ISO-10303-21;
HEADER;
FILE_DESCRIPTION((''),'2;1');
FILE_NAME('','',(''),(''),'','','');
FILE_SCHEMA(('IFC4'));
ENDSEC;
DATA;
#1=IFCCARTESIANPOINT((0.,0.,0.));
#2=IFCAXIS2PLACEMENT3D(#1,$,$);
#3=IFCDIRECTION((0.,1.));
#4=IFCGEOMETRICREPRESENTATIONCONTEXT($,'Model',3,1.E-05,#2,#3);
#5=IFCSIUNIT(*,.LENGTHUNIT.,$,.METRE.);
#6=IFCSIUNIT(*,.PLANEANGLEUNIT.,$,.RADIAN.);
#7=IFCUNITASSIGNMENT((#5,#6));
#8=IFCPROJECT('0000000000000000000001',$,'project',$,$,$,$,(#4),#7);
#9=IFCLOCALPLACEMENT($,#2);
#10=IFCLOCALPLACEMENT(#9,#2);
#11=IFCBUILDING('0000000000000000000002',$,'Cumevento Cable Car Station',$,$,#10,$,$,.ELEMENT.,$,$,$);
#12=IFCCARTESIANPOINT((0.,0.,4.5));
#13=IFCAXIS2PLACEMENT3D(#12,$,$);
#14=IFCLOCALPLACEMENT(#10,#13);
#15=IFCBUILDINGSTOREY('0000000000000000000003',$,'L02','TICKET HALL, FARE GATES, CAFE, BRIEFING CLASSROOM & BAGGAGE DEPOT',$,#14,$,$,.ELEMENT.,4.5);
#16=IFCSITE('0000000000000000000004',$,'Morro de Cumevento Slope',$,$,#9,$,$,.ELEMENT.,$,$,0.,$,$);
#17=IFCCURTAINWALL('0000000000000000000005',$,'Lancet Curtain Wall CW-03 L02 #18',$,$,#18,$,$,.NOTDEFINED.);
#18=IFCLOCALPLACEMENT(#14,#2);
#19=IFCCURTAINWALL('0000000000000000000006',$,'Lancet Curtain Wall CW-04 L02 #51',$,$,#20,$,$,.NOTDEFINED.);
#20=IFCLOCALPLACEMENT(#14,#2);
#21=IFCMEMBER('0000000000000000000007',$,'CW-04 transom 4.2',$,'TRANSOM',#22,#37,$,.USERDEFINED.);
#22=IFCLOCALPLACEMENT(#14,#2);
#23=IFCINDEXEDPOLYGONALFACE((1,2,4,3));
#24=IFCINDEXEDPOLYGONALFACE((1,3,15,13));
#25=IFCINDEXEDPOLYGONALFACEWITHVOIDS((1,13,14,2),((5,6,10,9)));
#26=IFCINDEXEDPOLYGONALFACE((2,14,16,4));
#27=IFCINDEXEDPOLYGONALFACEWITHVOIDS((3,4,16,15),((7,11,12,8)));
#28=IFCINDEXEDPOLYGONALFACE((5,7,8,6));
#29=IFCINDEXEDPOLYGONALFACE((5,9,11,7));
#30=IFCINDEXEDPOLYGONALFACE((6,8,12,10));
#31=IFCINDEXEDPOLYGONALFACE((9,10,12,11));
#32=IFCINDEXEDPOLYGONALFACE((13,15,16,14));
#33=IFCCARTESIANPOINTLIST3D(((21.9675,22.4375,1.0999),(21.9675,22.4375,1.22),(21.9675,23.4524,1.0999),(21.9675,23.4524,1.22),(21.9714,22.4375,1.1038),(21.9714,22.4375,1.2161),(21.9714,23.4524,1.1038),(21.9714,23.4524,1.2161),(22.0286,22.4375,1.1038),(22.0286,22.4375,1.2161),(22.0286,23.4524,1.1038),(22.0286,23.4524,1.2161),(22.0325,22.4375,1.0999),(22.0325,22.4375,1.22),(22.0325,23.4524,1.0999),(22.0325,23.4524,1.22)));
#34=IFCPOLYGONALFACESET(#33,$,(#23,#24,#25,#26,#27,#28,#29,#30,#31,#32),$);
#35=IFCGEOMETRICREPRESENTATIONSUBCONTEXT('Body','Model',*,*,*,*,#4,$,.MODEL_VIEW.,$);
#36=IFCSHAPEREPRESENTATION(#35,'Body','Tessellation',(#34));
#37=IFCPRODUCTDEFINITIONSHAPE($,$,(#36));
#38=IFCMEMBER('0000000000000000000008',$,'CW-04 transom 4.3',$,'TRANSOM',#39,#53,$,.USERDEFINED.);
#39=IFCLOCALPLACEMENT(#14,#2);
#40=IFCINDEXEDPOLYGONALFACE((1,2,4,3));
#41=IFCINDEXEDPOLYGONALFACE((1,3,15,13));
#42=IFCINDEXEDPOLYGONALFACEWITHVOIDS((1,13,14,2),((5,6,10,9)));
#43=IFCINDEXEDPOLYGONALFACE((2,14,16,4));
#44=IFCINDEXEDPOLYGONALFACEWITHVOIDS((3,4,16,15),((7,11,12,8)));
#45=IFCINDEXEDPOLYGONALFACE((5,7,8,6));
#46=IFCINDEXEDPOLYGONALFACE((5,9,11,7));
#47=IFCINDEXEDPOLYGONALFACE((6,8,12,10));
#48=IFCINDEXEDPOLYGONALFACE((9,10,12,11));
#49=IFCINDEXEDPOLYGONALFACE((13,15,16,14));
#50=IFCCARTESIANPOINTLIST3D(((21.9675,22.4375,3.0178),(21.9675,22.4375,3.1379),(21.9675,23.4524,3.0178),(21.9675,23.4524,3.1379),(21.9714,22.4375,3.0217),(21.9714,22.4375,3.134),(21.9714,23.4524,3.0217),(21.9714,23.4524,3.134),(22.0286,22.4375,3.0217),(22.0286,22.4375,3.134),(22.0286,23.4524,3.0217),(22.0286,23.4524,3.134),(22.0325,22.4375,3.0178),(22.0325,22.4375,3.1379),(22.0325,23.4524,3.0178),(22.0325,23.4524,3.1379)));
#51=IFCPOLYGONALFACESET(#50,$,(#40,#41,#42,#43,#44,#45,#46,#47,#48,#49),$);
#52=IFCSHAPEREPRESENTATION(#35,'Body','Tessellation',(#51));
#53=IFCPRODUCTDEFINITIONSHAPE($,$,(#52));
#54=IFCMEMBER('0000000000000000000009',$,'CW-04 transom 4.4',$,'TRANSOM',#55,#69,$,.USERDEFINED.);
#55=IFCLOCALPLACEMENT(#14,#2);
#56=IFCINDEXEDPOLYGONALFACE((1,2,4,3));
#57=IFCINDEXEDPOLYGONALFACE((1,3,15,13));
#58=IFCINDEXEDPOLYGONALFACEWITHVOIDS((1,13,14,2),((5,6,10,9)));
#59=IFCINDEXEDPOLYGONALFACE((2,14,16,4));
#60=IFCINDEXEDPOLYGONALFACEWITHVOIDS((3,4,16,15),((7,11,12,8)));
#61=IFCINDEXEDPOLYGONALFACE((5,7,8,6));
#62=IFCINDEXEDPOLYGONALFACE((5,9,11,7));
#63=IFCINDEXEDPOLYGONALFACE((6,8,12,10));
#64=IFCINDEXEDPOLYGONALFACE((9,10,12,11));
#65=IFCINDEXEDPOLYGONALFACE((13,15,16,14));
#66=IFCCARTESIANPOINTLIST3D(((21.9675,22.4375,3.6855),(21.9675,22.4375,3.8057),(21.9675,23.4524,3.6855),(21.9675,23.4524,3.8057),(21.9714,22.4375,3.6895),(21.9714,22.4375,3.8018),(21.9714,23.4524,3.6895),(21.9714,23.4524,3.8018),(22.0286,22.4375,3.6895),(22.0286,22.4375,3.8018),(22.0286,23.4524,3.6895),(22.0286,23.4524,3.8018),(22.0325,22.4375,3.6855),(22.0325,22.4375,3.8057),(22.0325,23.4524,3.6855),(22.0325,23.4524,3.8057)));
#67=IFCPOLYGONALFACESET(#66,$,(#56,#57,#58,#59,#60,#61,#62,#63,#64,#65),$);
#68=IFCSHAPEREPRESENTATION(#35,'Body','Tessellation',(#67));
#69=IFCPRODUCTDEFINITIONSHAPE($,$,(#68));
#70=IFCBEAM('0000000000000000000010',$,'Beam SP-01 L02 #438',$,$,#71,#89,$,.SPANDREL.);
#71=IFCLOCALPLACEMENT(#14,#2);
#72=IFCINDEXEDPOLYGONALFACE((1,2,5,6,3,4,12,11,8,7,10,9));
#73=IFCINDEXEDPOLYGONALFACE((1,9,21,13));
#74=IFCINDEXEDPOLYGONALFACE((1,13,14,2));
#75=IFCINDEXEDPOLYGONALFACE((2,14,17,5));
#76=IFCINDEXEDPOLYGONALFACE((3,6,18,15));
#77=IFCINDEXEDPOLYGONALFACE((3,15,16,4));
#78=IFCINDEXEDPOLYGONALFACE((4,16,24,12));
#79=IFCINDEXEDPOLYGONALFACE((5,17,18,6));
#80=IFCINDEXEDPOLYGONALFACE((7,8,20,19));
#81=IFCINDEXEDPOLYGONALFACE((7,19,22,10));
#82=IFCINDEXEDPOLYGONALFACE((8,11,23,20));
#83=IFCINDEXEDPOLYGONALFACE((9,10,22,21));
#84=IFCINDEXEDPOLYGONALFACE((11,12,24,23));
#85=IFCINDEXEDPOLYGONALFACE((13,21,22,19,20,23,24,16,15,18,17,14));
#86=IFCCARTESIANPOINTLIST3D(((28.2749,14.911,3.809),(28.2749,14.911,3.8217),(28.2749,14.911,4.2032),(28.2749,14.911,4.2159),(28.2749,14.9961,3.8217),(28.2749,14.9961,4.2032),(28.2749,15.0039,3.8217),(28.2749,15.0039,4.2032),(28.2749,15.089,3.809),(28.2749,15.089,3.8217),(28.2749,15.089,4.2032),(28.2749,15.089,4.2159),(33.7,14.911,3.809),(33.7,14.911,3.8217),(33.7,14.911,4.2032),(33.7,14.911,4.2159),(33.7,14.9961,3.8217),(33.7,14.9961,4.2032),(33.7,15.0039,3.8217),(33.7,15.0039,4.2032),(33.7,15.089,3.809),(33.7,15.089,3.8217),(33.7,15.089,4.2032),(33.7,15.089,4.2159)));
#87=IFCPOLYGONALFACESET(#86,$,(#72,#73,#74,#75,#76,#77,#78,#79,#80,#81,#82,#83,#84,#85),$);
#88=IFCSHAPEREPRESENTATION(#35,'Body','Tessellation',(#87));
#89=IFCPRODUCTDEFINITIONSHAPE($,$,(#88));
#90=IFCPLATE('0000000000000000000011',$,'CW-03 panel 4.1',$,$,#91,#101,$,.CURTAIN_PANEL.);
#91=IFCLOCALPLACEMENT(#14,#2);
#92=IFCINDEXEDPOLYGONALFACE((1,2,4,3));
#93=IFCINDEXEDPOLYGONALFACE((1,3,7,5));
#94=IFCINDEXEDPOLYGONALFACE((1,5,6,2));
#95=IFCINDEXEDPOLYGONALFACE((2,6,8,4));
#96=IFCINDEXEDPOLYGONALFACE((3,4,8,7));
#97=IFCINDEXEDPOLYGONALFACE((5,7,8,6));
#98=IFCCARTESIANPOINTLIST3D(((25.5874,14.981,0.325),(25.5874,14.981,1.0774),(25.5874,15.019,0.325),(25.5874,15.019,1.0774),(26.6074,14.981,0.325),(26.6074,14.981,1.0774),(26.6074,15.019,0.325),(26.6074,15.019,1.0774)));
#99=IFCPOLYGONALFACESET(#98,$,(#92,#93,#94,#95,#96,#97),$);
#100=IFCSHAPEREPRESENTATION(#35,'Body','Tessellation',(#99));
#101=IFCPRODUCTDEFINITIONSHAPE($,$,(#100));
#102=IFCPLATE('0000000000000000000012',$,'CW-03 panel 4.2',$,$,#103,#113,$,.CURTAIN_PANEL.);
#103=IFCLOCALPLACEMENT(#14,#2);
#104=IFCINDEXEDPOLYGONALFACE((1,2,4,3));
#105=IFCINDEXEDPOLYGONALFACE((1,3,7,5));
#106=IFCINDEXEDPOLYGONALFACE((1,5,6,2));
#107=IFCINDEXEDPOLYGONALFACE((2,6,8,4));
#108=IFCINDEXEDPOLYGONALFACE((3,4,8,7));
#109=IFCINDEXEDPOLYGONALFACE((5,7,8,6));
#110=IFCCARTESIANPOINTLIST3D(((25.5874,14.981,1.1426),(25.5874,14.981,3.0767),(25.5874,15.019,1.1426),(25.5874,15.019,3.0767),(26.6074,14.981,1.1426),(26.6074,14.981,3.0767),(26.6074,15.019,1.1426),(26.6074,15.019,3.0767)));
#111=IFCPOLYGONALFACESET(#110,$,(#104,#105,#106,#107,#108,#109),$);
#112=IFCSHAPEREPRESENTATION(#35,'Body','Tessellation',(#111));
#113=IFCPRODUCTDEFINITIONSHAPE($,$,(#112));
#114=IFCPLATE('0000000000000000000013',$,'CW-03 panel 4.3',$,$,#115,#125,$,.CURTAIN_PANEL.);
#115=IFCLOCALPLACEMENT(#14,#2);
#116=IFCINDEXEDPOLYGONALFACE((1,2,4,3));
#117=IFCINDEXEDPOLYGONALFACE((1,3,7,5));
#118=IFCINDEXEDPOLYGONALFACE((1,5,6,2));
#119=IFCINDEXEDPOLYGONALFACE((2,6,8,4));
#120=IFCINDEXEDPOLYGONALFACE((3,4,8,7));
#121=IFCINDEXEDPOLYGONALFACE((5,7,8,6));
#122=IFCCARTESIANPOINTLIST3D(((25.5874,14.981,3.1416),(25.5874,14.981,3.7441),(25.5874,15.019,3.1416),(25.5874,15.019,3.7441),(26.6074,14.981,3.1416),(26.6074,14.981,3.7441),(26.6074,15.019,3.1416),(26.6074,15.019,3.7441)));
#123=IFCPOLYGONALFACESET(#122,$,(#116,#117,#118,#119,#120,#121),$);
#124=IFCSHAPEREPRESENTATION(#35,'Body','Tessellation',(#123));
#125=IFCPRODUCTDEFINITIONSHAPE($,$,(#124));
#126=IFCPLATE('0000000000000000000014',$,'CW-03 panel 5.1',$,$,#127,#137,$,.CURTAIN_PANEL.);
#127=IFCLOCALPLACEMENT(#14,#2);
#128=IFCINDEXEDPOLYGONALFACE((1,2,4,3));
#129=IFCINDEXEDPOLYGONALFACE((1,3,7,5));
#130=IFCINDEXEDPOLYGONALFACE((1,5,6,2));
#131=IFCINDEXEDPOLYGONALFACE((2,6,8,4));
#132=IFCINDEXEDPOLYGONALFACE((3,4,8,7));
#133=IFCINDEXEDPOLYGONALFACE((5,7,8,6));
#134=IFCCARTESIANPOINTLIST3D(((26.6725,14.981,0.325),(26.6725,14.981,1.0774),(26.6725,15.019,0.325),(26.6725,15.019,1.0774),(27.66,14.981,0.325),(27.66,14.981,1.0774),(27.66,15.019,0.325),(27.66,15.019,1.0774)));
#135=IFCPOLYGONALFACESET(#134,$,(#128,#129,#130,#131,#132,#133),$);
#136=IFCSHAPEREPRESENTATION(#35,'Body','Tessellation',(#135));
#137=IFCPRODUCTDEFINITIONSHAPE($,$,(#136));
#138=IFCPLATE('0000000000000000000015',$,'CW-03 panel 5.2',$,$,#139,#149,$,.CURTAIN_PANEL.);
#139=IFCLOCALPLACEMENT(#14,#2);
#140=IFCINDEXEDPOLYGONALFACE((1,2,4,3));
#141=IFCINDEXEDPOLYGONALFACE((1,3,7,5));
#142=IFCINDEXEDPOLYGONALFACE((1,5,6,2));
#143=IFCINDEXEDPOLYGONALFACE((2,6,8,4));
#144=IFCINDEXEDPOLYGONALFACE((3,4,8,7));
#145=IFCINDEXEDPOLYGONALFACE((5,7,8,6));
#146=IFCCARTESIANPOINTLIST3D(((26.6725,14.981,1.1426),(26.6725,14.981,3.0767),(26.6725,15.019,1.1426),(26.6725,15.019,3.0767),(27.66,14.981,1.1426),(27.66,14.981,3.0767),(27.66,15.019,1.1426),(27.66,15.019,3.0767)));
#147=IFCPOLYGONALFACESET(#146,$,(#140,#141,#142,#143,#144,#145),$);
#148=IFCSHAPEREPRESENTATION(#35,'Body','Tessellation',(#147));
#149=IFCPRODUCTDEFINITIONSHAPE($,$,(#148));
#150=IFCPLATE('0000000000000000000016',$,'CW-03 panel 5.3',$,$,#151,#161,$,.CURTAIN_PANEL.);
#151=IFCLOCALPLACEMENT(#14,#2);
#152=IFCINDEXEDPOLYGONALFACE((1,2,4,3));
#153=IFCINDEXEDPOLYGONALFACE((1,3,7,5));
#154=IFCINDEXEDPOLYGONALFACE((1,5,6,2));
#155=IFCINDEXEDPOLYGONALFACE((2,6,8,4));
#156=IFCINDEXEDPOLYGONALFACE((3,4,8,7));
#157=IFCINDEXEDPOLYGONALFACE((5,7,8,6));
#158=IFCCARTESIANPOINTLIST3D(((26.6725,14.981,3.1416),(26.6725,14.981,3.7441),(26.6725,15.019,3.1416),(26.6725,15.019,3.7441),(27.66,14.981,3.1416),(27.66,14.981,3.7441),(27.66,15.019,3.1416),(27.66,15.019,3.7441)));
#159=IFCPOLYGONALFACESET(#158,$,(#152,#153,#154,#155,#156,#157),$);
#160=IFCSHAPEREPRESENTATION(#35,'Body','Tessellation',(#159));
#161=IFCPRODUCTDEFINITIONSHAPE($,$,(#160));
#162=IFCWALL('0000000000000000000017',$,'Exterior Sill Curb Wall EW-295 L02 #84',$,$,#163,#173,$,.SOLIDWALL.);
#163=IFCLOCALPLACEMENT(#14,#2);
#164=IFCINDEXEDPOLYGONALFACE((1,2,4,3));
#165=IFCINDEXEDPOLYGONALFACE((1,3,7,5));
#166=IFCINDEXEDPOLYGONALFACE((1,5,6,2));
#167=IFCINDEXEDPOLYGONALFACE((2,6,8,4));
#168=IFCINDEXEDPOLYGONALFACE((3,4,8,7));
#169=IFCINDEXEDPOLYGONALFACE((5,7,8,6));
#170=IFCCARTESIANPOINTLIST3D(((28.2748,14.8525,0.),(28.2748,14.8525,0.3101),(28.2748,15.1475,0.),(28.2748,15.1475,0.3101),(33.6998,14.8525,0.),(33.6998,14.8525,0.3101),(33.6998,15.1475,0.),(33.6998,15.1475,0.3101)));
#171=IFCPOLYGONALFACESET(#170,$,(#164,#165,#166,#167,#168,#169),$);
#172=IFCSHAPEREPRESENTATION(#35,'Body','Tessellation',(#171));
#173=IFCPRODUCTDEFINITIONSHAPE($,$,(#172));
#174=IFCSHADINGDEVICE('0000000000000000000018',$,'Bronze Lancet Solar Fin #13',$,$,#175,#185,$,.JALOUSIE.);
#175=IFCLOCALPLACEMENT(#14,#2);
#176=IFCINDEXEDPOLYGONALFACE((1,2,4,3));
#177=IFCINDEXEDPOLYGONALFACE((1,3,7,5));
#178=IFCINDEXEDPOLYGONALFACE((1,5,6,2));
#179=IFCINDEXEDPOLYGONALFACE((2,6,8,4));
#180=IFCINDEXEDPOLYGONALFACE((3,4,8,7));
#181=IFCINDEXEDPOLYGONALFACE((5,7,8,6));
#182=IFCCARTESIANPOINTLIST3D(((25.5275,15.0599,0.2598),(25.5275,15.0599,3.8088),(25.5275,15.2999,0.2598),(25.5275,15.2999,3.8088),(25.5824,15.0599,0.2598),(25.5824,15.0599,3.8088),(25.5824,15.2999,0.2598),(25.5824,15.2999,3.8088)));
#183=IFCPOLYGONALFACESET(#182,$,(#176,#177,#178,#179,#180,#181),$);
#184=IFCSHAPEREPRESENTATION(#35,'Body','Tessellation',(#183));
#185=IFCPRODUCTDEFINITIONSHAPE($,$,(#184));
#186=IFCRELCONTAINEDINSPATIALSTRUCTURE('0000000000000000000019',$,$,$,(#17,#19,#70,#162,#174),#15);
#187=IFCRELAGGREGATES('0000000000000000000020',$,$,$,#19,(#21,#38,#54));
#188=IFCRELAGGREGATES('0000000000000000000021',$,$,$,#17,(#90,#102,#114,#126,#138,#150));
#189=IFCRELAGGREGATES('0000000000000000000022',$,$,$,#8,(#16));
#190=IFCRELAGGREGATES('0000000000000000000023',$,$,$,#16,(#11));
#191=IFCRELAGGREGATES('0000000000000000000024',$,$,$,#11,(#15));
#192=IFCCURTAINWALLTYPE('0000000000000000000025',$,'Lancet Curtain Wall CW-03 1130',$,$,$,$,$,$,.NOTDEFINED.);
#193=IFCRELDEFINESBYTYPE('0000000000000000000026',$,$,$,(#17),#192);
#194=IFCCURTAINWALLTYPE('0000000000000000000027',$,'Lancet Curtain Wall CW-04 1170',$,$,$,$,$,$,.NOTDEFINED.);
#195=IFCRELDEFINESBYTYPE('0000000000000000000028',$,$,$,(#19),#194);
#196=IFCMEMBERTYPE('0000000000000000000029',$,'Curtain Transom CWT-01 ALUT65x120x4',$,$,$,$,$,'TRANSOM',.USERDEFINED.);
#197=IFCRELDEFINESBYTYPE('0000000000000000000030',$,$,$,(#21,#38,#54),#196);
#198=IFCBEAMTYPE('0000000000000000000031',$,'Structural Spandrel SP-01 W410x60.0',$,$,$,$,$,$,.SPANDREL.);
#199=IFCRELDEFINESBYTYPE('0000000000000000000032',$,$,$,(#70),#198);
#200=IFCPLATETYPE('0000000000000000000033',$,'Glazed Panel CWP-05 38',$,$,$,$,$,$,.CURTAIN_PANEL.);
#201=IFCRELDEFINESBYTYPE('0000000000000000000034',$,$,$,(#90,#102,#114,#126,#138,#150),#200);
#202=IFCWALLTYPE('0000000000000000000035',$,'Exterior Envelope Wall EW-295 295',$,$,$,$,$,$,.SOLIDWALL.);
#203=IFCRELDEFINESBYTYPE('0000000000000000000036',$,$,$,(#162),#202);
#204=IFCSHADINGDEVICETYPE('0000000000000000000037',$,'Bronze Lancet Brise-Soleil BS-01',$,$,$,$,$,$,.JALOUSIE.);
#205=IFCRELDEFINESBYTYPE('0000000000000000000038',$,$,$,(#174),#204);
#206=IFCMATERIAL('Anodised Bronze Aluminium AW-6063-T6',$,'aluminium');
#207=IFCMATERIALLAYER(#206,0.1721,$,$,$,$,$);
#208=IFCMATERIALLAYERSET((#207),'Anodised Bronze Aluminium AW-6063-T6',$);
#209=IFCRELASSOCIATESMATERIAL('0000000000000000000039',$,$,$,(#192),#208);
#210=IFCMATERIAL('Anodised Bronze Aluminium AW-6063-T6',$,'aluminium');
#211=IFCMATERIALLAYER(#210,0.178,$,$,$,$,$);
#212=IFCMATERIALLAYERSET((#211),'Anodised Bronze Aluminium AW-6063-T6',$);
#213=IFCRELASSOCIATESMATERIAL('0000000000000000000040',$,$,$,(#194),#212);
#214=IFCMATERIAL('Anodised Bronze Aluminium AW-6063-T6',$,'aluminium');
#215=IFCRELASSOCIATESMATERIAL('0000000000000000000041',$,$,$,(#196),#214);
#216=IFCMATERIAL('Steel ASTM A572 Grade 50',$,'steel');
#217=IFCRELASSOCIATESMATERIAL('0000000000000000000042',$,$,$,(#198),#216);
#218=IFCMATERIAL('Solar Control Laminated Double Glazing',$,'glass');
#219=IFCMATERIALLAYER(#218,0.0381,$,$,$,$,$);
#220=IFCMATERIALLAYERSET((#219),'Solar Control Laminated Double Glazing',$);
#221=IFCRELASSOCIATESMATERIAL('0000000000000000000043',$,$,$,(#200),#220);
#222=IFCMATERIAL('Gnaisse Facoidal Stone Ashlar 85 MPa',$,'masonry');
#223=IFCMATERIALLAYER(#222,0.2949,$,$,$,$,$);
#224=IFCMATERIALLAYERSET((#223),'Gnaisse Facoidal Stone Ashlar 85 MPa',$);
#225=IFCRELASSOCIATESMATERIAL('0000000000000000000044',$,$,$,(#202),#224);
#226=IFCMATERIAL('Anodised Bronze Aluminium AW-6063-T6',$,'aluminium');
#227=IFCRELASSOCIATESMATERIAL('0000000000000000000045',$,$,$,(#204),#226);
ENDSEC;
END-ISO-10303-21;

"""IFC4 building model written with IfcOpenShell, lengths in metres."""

from ifc_helpers import new_model, si_unit, direction, frame, frame_2d, origin, origin_2d, place, context, subcontext, project, spatial, rectangle, hollow_rectangle, i_section, extrude, material, layer, layer_set, material_profile, profile_set, type_object, element, aggregate, save


model = new_model("IFC4")

# Units and contexts
model_context = context("Model", 3, precision=1e-05, world=origin(), true_north=direction((0.0, 1.0)))
body_context = subcontext(model_context, "Body", "Model", "MODEL_VIEW")
ifc_project = project(units=[si_unit("LENGTHUNIT", "METRE"), si_unit("PLANEANGLEUNIT", "RADIAN")], contexts=[model_context])

# Site, building, storey
site_placement = place(None, origin())
site = spatial("IfcSite", under=ifc_project, at=site_placement, Name="Morro de Cumevento Slope", CompositionType="ELEMENT", RefElevation=0.0)
building_placement = place(site_placement, origin())
building = spatial("IfcBuilding", under=site, at=building_placement, Name="Cumevento Cable Car Station", CompositionType="ELEMENT")
storey_placement = place(building_placement, frame((0.0, 0.0, 4.5)))
storey = spatial("IfcBuildingStorey", under=building, at=storey_placement, Name="L02", Description="TICKET HALL, FARE GATES, CAFE, BRIEFING CLASSROOM & BAGGAGE DEPOT", CompositionType="ELEMENT", Elevation=4.5)

# Curtain wall
ifc_material_1 = material(Name="Anodised Bronze Aluminium AW-6063-T6", Category="aluminium")
ifc_layer_1 = layer(ifc_material_1, 0.1721)
ifc_layer_set_1 = layer_set([ifc_layer_1], Name="Anodised Bronze Aluminium AW-6063-T6")
curtain_wall_type_1 = type_object("IfcCurtainWallType", Name="Lancet Curtain Wall CW-03 1130", PredefinedType="NOTDEFINED", material=ifc_layer_set_1)
curtain_wall_1_placement = place(storey_placement, origin())
curtain_wall_1 = element("IfcCurtainWall", 1, at=curtain_wall_1_placement, inside=storey, type_object=curtain_wall_type_1, Name="Lancet Curtain Wall CW-03 L02 #18", PredefinedType="NOTDEFINED")

# Curtain wall
ifc_material_2 = material(Name="Anodised Bronze Aluminium AW-6063-T6", Category="aluminium")
ifc_layer_2 = layer(ifc_material_2, 0.178)
ifc_layer_set_2 = layer_set([ifc_layer_2], Name="Anodised Bronze Aluminium AW-6063-T6")
curtain_wall_type_2 = type_object("IfcCurtainWallType", Name="Lancet Curtain Wall CW-04 1170", PredefinedType="NOTDEFINED", material=ifc_layer_set_2)
curtain_wall_2_placement = place(storey_placement, origin())
curtain_wall_2 = element("IfcCurtainWall", 2, at=curtain_wall_2_placement, inside=storey, type_object=curtain_wall_type_2, Name="Lancet Curtain Wall CW-04 L02 #51", PredefinedType="NOTDEFINED")

# Members
ifc_material_3 = material(Name="Anodised Bronze Aluminium AW-6063-T6", Category="aluminium")
ifc_material_profile_1 = material_profile(ifc_material_3, hollow_rectangle(XDim=0.0649, YDim=0.1201, WallThickness=0.0039, at=origin_2d()), Name="ALUT65x120x4")
ifc_profile_set_1 = profile_set([ifc_material_profile_1], Name="Anodised Bronze Aluminium AW-6063-T6")
member_type_1 = type_object("IfcMemberType", Name="Curtain Transom CWT-01 ALUT65x120x4", ElementType="TRANSOM", PredefinedType="USERDEFINED", material=ifc_profile_set_1)
member_1_placement = place(storey_placement, frame((22.0, 23.4524, 1.1599), z_axis=(0.0, -1.0, 0.0), x_axis=(1.0, 0.0, 0.0)))
member_1 = element("IfcMember", 3, at=member_1_placement, type_object=member_type_1, Name="CW-04 transom 4.2", ObjectType="TRANSOM", PredefinedType="USERDEFINED", context=body_context, shape_type="SweptSolid", body=[
    extrude(hollow_rectangle(XDim=0.0649, YDim=0.1201, WallThickness=0.0039, at=origin_2d()), origin(), (0.0, 0.0, 1.0), 1.0149),
])
member_2_placement = place(storey_placement, frame((22.0, 23.4524, 3.0779), z_axis=(0.0, -1.0, 0.0), x_axis=(1.0, 0.0, 0.0)))
member_2 = element("IfcMember", 4, at=member_2_placement, type_object=member_type_1, Name="CW-04 transom 4.3", ObjectType="TRANSOM", PredefinedType="USERDEFINED", context=body_context, shape_type="SweptSolid", body=[
    extrude(hollow_rectangle(XDim=0.0649, YDim=0.1201, WallThickness=0.0039, at=origin_2d()), origin(), (0.0, 0.0, 1.0), 1.0149),
])
member_3_placement = place(storey_placement, frame((22.0, 23.4524, 3.7456), z_axis=(0.0, -1.0, 0.0), x_axis=(1.0, 0.0, 0.0)))
member_3 = element("IfcMember", 5, at=member_3_placement, type_object=member_type_1, Name="CW-04 transom 4.4", ObjectType="TRANSOM", PredefinedType="USERDEFINED", context=body_context, shape_type="SweptSolid", body=[
    extrude(hollow_rectangle(XDim=0.0649, YDim=0.1201, WallThickness=0.0039, at=origin_2d()), origin(), (0.0, 0.0, 1.0), 1.0149),
])
aggregate(curtain_wall_2, [member_1, member_2, member_3])

# Beam
ifc_material_4 = material(Name="Steel ASTM A572 Grade 50", Category="steel")
ifc_material_profile_2 = material_profile(ifc_material_4, i_section(OverallWidth=0.178, OverallDepth=0.407, WebThickness=0.0078, FlangeThickness=0.0127, at=origin_2d()), Name="W410x60.0")
ifc_profile_set_2 = profile_set([ifc_material_profile_2], Name="Steel ASTM A572 Grade 50")
beam_type = type_object("IfcBeamType", Name="Structural Spandrel SP-01 W410x60.0", PredefinedType="SPANDREL", material=ifc_profile_set_2)
beam_placement = place(storey_placement, frame((28.2749, 15.0, 4.0125), z_axis=(1.0, 0.0, 0.0), x_axis=(0.0, 1.0, 0.0)))
element("IfcBeam", 6, at=beam_placement, inside=storey, type_object=beam_type, Name="Beam SP-01 L02 #438", PredefinedType="SPANDREL", context=body_context, shape_type="SweptSolid", body=[
    extrude(i_section(OverallWidth=0.178, OverallDepth=0.407, WebThickness=0.0078, FlangeThickness=0.0127, at=origin_2d()), origin(), (0.0, 0.0, 1.0), 5.425),
])

# Plates
ifc_material_5 = material(Name="Solar Control Laminated Double Glazing", Category="glass")
ifc_layer_3 = layer(ifc_material_5, 0.0381)
ifc_layer_set_3 = layer_set([ifc_layer_3], Name="Solar Control Laminated Double Glazing")
plate_type = type_object("IfcPlateType", Name="Glazed Panel CWP-05 38", PredefinedType="CURTAIN_PANEL", material=ifc_layer_set_3)
plate_1_placement = place(storey_placement, frame((26.0974, 15.0, 0.325), z_axis=(0.0, 0.0, 1.0), x_axis=(1.0, 0.0, 0.0)))
plate_1 = element("IfcPlate", 7, at=plate_1_placement, type_object=plate_type, Name="CW-03 panel 4.1", PredefinedType="CURTAIN_PANEL", context=body_context, shape_type="SweptSolid", body=[
    extrude(rectangle(XDim=1.02, YDim=0.0381, at=origin_2d()), origin(), (0.0, 0.0, 1.0), 0.7524),
])
plate_2_placement = place(storey_placement, frame((26.0974, 15.0, 1.1426), z_axis=(0.0, 0.0, 1.0), x_axis=(1.0, 0.0, 0.0)))
plate_2 = element("IfcPlate", 8, at=plate_2_placement, type_object=plate_type, Name="CW-03 panel 4.2", PredefinedType="CURTAIN_PANEL", context=body_context, shape_type="SweptSolid", body=[
    extrude(rectangle(XDim=1.02, YDim=0.0381, at=origin_2d()), origin(), (0.0, 0.0, 1.0), 1.9341),
])
plate_3_placement = place(storey_placement, frame((26.0974, 15.0, 3.1416), z_axis=(0.0, 0.0, 1.0), x_axis=(1.0, 0.0, 0.0)))
plate_3 = element("IfcPlate", 9, at=plate_3_placement, type_object=plate_type, Name="CW-03 panel 4.3", PredefinedType="CURTAIN_PANEL", context=body_context, shape_type="SweptSolid", body=[
    extrude(rectangle(XDim=1.02, YDim=0.0381, at=origin_2d()), origin(), (0.0, 0.0, 1.0), 0.6025),
])
plate_4_placement = place(storey_placement, frame((27.1663, 15.0, 0.325), z_axis=(0.0, 0.0, 1.0), x_axis=(1.0, 0.0, 0.0)))
plate_4 = element("IfcPlate", 10, at=plate_4_placement, type_object=plate_type, Name="CW-03 panel 5.1", PredefinedType="CURTAIN_PANEL", context=body_context, shape_type="SweptSolid", body=[
    extrude(rectangle(XDim=0.9875, YDim=0.0381, at=origin_2d()), origin(), (0.0, 0.0, 1.0), 0.7524),
])
plate_5_placement = place(storey_placement, frame((27.1663, 15.0, 1.1426), z_axis=(0.0, 0.0, 1.0), x_axis=(1.0, 0.0, 0.0)))
plate_5 = element("IfcPlate", 11, at=plate_5_placement, type_object=plate_type, Name="CW-03 panel 5.2", PredefinedType="CURTAIN_PANEL", context=body_context, shape_type="SweptSolid", body=[
    extrude(rectangle(XDim=0.9875, YDim=0.0381, at=origin_2d()), origin(), (0.0, 0.0, 1.0), 1.9341),
])
plate_6_placement = place(storey_placement, frame((27.1663, 15.0, 3.1416), z_axis=(0.0, 0.0, 1.0), x_axis=(1.0, 0.0, 0.0)))
plate_6 = element("IfcPlate", 12, at=plate_6_placement, type_object=plate_type, Name="CW-03 panel 5.3", PredefinedType="CURTAIN_PANEL", context=body_context, shape_type="SweptSolid", body=[
    extrude(rectangle(XDim=0.9875, YDim=0.0381, at=origin_2d()), origin(), (0.0, 0.0, 1.0), 0.6025),
])
aggregate(curtain_wall_1, [plate_1, plate_2, plate_3, plate_4, plate_5, plate_6])

# Wall
ifc_material_6 = material(Name="Gnaisse Facoidal Stone Ashlar 85 MPa", Category="masonry")
ifc_layer_4 = layer(ifc_material_6, 0.2949)
ifc_layer_set_4 = layer_set([ifc_layer_4], Name="Gnaisse Facoidal Stone Ashlar 85 MPa")
wall_type = type_object("IfcWallType", Name="Exterior Envelope Wall EW-295 295", PredefinedType="SOLIDWALL", material=ifc_layer_set_4)
wall_placement = place(storey_placement, frame((28.2749, 15.0, 0.0), z_axis=(0.0, 0.0, 1.0), x_axis=(1.0, 0.0, 0.0)))
element("IfcWall", 13, at=wall_placement, inside=storey, type_object=wall_type, Name="Exterior Sill Curb Wall EW-295 L02 #84", PredefinedType="SOLIDWALL", context=body_context, shape_type="SweptSolid", body=[
    extrude(rectangle(XDim=5.425, YDim=0.2949, at=frame_2d((2.7124, 0.0))), origin(), (0.0, 0.0, 1.0), 0.3101),
])

# Shading device
ifc_material_7 = material(Name="Anodised Bronze Aluminium AW-6063-T6", Category="aluminium")
shading_device_type = type_object("IfcShadingDeviceType", Name="Bronze Lancet Brise-Soleil BS-01", PredefinedType="JALOUSIE", material=ifc_material_7)
shading_device_placement = place(storey_placement, frame((25.5549, 15.1799, 0.2598), z_axis=(0.0, 0.0, 1.0), x_axis=(1.0, 0.0, 0.0)))
element("IfcShadingDevice", 14, at=shading_device_placement, inside=storey, type_object=shading_device_type, Name="Bronze Lancet Solar Fin #13", PredefinedType="JALOUSIE", context=body_context, shape_type="SweptSolid", body=[
    extrude(rectangle(XDim=0.0549, YDim=0.24, at=origin_2d()), origin(), (0.0, 0.0, 1.0), 3.5491),
])

save(model, "model.ifc")
